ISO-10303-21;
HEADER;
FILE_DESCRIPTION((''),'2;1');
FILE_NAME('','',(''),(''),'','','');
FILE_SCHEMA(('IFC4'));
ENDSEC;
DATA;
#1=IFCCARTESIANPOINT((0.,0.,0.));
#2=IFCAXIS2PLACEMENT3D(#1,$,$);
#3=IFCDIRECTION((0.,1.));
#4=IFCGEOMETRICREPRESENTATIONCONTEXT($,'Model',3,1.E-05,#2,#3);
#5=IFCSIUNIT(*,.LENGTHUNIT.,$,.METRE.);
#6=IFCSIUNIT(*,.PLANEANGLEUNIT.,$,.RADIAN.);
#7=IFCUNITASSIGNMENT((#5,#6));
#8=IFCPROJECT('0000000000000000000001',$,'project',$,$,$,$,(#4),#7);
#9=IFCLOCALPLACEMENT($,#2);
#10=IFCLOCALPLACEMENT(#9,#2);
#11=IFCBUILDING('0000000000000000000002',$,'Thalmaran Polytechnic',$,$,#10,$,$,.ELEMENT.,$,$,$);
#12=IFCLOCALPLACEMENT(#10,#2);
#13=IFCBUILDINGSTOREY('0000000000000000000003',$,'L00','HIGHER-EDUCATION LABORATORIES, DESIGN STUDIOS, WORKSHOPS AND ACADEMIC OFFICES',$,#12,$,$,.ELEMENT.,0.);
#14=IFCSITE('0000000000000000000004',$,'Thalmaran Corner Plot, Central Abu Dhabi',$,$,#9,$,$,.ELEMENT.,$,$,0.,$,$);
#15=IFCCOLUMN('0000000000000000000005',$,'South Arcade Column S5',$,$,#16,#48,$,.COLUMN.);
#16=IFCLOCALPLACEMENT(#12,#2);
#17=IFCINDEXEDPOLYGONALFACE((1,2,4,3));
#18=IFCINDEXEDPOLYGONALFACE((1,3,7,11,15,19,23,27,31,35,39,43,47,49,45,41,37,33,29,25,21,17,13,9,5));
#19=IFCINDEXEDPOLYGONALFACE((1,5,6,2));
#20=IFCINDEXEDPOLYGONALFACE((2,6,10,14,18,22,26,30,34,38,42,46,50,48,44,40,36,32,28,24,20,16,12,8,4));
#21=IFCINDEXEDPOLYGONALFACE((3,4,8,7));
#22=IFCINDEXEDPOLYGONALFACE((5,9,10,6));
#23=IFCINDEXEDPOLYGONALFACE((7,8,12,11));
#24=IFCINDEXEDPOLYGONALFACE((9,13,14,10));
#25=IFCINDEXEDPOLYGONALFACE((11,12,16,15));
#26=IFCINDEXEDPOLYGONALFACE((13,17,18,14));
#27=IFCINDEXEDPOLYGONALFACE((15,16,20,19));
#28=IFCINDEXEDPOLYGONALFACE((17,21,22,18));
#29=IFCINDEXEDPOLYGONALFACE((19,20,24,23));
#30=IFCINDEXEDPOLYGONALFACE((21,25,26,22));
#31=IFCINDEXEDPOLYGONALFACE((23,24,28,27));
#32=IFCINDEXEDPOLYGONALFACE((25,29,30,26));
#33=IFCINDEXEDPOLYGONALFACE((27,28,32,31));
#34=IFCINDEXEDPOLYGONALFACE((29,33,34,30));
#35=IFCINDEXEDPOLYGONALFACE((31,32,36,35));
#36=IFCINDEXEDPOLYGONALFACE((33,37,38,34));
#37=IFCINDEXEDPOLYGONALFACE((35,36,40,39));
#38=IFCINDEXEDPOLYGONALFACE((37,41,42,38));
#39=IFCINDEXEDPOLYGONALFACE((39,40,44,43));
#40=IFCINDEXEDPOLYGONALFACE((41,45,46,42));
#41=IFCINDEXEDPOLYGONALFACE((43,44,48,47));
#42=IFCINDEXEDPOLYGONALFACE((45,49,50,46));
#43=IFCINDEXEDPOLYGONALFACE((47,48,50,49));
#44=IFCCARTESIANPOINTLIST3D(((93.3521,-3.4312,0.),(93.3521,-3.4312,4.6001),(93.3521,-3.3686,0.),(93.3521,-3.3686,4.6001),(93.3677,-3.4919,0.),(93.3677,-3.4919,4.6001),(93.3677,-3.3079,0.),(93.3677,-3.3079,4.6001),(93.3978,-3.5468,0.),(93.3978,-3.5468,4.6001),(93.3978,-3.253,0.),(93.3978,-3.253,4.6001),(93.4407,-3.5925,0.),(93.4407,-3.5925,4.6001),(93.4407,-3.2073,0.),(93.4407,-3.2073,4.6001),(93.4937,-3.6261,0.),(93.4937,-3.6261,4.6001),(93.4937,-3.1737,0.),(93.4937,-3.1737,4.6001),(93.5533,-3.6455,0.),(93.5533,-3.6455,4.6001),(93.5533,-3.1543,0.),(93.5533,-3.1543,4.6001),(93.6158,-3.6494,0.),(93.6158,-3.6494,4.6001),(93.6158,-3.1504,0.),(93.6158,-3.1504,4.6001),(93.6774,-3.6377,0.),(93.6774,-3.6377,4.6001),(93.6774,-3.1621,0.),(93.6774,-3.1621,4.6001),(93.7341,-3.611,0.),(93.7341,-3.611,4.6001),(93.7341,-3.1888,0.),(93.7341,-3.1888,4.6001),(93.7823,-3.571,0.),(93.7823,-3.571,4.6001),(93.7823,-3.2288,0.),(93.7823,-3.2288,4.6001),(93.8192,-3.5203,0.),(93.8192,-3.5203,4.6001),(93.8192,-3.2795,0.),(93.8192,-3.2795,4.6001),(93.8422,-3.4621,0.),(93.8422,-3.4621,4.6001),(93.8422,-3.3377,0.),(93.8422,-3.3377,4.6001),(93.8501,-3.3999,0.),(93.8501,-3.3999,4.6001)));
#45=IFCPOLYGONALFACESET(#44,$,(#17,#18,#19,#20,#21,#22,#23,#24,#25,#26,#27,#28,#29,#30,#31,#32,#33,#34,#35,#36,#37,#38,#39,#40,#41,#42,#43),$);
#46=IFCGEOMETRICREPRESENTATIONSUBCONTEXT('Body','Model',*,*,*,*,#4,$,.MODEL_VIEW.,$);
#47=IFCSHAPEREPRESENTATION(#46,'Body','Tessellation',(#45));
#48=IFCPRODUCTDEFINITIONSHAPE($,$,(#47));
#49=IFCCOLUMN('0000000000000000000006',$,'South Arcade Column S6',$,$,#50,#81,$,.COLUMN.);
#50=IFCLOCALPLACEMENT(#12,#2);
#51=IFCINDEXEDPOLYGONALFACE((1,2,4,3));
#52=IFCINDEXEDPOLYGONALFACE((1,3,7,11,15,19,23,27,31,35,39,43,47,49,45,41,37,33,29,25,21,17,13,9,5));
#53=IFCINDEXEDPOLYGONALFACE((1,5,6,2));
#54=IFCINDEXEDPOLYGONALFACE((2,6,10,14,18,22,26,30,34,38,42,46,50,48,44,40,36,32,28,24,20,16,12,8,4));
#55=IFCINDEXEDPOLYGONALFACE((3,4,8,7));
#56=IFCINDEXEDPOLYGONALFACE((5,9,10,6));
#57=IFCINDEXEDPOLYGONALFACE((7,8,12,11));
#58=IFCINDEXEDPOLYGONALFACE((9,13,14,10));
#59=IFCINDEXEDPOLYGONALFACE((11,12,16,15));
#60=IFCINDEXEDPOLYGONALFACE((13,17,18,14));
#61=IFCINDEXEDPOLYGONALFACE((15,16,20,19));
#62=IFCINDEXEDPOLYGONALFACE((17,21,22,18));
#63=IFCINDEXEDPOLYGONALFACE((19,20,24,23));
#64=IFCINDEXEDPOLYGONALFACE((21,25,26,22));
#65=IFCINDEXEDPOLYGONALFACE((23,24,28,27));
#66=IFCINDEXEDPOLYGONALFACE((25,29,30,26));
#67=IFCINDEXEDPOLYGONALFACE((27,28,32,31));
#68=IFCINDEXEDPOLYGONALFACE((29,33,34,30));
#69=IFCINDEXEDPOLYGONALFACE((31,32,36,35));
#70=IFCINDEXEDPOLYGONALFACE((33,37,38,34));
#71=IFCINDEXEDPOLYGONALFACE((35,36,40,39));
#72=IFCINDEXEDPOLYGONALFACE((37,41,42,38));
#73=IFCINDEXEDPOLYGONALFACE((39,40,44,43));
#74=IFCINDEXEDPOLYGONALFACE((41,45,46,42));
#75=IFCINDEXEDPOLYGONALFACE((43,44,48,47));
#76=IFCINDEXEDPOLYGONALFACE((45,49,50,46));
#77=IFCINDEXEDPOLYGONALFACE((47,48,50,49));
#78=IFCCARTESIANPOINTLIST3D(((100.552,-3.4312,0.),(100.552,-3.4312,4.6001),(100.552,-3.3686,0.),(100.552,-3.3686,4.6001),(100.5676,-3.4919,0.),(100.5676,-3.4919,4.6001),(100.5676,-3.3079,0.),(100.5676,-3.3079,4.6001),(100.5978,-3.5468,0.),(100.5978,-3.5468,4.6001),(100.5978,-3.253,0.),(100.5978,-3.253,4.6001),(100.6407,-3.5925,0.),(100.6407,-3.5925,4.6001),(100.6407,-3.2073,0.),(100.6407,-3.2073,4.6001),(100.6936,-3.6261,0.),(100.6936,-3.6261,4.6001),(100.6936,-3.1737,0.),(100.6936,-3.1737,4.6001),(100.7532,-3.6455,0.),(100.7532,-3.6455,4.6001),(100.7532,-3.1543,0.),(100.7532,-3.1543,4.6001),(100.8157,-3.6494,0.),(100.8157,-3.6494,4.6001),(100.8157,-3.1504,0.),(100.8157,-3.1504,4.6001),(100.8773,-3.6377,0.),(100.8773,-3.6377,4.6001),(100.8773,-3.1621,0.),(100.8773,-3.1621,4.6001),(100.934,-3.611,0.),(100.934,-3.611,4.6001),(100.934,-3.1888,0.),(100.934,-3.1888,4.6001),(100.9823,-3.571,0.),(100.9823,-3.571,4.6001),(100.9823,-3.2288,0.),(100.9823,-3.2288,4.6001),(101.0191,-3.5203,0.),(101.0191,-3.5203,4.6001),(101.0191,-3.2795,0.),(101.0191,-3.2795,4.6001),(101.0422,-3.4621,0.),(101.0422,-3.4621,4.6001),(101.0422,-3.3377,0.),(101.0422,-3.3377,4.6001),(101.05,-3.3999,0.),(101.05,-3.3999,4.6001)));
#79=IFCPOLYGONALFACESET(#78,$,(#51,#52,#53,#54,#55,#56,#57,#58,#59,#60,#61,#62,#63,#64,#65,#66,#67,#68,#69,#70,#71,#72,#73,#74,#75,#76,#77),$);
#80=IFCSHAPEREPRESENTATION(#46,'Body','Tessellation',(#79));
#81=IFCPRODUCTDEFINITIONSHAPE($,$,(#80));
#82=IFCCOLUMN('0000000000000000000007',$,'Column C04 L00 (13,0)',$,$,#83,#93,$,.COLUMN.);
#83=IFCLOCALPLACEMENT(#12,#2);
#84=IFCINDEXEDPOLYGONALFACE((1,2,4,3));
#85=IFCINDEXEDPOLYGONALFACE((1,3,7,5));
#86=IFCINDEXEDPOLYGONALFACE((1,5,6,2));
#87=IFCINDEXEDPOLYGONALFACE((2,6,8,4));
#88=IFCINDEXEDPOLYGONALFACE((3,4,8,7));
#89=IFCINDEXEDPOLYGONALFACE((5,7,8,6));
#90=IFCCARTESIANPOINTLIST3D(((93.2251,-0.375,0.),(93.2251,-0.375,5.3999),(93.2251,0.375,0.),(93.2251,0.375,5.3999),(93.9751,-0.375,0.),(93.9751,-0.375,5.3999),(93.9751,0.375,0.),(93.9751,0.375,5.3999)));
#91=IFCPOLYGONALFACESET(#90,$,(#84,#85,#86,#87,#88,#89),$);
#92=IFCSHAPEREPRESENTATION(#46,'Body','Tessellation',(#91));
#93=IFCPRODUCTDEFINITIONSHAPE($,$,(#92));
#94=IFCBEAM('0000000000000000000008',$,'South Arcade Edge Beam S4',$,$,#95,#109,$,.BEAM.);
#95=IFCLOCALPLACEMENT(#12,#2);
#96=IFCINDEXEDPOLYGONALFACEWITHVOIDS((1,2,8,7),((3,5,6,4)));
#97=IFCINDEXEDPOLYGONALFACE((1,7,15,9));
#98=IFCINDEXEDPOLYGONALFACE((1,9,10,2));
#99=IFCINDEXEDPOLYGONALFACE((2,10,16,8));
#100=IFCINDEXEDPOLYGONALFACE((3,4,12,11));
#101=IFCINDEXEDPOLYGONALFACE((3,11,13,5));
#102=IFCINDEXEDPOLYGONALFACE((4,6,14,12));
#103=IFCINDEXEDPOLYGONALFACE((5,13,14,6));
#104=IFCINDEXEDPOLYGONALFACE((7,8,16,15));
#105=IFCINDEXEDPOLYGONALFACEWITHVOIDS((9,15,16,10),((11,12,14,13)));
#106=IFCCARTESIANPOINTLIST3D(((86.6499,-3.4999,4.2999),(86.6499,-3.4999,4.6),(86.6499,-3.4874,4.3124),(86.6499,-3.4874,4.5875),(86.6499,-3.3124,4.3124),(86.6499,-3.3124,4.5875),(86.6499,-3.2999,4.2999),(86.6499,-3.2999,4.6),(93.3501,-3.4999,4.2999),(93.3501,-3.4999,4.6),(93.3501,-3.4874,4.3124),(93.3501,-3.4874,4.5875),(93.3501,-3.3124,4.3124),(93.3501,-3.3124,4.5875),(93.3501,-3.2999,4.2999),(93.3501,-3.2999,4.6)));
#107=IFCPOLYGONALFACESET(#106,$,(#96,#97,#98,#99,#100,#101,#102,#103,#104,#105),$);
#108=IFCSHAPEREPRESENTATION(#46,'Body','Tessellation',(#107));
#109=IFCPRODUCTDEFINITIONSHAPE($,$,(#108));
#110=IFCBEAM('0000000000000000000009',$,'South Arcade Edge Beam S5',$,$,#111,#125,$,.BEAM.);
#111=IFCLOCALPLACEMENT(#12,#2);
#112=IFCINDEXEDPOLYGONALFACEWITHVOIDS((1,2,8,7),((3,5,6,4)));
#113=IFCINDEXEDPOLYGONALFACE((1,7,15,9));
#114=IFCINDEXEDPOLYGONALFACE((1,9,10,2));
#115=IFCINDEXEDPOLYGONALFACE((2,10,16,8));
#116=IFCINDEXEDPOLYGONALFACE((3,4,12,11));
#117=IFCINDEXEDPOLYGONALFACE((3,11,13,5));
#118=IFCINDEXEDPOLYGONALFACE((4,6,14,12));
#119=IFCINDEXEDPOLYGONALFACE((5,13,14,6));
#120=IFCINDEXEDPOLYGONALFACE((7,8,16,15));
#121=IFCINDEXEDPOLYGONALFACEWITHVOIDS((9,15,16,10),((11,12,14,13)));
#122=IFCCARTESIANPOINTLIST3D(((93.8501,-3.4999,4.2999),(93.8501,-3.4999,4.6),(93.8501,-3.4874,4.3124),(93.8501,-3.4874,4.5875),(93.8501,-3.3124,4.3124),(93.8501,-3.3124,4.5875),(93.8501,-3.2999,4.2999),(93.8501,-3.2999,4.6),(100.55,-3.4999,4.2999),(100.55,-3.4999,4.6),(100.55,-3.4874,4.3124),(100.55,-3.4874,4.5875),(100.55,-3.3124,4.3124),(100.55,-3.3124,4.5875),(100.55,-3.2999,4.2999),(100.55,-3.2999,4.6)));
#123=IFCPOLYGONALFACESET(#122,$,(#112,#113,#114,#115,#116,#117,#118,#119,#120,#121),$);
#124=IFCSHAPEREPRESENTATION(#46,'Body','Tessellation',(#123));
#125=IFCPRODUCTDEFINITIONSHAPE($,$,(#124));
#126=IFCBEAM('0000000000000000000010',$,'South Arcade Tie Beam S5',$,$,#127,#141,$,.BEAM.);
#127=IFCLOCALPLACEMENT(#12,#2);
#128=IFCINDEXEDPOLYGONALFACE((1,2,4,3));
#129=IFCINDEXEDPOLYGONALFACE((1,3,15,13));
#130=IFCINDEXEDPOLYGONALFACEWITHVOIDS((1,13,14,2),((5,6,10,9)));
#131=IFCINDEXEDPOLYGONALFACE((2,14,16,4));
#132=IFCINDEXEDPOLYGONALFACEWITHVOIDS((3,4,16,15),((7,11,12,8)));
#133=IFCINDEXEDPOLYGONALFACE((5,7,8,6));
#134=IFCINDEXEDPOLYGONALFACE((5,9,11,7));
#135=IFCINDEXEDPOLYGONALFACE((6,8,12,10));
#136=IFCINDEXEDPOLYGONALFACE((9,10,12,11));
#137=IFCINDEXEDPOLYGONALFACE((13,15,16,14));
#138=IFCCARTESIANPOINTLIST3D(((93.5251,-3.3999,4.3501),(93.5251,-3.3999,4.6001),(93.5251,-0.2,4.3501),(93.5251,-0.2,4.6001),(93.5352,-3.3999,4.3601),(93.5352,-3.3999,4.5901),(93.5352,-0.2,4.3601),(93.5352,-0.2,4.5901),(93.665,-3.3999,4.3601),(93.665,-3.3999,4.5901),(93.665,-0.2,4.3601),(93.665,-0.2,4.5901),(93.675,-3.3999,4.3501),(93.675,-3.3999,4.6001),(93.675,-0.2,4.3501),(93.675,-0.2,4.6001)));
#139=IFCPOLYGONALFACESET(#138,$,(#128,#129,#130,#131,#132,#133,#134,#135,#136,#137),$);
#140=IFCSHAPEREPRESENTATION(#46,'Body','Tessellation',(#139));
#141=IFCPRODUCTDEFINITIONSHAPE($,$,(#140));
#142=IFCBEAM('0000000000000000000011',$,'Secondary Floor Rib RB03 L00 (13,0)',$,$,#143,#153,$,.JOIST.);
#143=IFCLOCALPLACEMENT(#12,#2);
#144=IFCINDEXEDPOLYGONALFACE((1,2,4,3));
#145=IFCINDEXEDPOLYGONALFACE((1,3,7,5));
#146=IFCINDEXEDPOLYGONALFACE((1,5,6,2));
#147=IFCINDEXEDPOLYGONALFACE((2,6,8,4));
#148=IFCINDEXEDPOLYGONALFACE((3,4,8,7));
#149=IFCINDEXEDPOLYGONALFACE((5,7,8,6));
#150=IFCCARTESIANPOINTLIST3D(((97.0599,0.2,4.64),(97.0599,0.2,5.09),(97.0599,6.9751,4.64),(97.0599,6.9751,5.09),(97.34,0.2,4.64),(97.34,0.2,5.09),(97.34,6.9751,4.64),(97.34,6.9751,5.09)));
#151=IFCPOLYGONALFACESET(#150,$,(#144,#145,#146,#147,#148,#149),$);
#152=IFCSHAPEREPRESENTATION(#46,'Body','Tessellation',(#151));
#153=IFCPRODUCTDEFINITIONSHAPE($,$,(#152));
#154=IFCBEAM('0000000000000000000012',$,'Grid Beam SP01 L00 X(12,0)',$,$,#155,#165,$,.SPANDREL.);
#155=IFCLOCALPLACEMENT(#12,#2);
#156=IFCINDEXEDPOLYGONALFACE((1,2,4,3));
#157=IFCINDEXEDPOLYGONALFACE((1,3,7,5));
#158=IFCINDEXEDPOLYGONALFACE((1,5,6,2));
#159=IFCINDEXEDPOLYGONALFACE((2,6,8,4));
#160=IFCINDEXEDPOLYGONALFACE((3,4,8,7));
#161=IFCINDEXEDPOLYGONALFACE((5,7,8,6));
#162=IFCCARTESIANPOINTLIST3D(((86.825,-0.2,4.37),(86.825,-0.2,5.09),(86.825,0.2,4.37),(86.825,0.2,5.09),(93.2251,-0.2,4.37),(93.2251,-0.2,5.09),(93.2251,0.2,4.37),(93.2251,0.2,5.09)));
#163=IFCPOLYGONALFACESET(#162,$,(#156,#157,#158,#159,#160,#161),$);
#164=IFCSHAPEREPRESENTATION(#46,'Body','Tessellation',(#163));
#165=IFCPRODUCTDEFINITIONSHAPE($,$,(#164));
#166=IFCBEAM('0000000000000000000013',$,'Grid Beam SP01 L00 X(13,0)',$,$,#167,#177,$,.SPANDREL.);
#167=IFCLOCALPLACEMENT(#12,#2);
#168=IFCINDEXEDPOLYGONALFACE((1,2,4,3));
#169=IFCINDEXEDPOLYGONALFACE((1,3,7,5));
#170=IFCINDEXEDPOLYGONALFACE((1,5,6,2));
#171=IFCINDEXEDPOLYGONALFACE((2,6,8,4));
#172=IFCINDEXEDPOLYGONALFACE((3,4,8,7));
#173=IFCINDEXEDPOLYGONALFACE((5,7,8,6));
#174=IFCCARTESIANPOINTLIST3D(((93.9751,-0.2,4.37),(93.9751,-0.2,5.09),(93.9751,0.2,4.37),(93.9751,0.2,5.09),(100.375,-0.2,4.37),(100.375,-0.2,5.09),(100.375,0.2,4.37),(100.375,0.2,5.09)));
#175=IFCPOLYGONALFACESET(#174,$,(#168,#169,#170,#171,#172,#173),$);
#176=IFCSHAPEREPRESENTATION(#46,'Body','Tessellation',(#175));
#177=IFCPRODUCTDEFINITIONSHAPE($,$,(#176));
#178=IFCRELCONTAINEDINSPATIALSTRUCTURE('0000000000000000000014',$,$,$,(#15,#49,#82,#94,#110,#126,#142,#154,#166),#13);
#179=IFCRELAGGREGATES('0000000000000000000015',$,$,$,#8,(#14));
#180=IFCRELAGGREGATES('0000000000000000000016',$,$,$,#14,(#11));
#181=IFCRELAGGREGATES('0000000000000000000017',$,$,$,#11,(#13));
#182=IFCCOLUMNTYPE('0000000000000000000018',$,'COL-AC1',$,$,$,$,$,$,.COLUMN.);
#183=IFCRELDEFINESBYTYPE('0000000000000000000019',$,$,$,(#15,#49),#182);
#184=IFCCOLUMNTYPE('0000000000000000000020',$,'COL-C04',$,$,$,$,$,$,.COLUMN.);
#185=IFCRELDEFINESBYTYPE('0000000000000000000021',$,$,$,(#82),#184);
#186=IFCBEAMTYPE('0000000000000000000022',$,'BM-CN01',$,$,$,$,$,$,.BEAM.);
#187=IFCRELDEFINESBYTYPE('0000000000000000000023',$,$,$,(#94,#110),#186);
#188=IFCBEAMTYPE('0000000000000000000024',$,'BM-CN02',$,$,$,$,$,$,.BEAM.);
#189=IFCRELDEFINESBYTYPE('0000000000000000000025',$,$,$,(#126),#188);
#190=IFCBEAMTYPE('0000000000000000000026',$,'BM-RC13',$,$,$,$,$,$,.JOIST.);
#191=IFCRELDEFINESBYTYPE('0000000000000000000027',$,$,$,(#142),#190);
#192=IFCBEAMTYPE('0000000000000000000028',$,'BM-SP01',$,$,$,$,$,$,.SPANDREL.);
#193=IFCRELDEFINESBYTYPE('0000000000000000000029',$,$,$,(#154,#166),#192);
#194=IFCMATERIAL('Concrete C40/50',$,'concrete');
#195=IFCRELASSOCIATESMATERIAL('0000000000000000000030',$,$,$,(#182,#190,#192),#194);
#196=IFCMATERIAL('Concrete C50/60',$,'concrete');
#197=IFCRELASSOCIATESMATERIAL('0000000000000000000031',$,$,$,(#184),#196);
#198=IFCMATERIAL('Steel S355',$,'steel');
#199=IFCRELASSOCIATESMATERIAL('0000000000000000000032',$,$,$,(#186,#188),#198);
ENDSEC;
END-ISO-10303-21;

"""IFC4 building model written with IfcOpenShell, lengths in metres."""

from ifc_helpers import new_model, si_unit, direction, frame, origin, origin_2d, place, context, subcontext, project, spatial, rectangle, hollow_rectangle, circle, extrude, material, material_profile, profile_set, type_object, element, save


model = new_model("IFC4")

# Units and contexts
model_context = context("Model", 3, precision=1e-05, world=origin(), true_north=direction((0.0, 1.0)))
body_context = subcontext(model_context, "Body", "Model", "MODEL_VIEW")
ifc_project = project(units=[si_unit("LENGTHUNIT", "METRE"), si_unit("PLANEANGLEUNIT", "RADIAN")], contexts=[model_context])

# Site, building, storey
site_placement = place(None, origin())
site = spatial("IfcSite", under=ifc_project, at=site_placement, Name="Thalmaran Corner Plot, Central Abu Dhabi", CompositionType="ELEMENT", RefElevation=0.0)
building_placement = place(site_placement, origin())
building = spatial("IfcBuilding", under=site, at=building_placement, Name="Thalmaran Polytechnic", CompositionType="ELEMENT")
storey_placement = place(building_placement, origin())
storey = spatial("IfcBuildingStorey", under=building, at=storey_placement, Name="L00", Description="HIGHER-EDUCATION LABORATORIES, DESIGN STUDIOS, WORKSHOPS AND ACADEMIC OFFICES", CompositionType="ELEMENT", Elevation=0.0)

# Columns
ifc_material_1 = material(Name="Concrete C40/50", Category="concrete")
ifc_material_profile_1 = material_profile(ifc_material_1, circle(Radius=0.25, at=origin_2d()), Name="RC 500 DIA")
ifc_profile_set_1 = profile_set([ifc_material_profile_1], Name="Concrete C40/50")
column_type_1 = type_object("IfcColumnType", Name="COL-AC1", PredefinedType="COLUMN", material=ifc_profile_set_1)
for number, where, z_axis, x_axis, name in (
    (1, (93.6001, -3.3999, 0.0), (0.0, 0.0, 1.0), (1.0, 0.0, 0.0), "South Arcade Column S5"),
    (2, (100.8, -3.3999, 0.0), (0.0, 0.0, 1.0), (1.0, 0.0, 0.0), "South Arcade Column S6"),
):
    element("IfcColumn", number, at=place(storey_placement, frame(where, z_axis=z_axis, x_axis=x_axis)), inside=storey, type_object=column_type_1, Name=name, PredefinedType="COLUMN", context=body_context, shape_type="SweptSolid", body=[
        extrude(circle(Radius=0.25, at=origin_2d()), origin(), (0.0, 0.0, 1.0), 4.6001),
    ])
ifc_material_2 = material(Name="Concrete C50/60", Category="concrete")
ifc_material_profile_2 = material_profile(ifc_material_2, rectangle(XDim=0.75, YDim=0.75, at=origin_2d()), Name="RC 750x750")
ifc_profile_set_2 = profile_set([ifc_material_profile_2], Name="Concrete C50/60")
column_type_2 = type_object("IfcColumnType", Name="COL-C04", PredefinedType="COLUMN", material=ifc_profile_set_2)
column_placement = place(storey_placement, frame((93.6001, 0.0, 0.0), z_axis=(0.0, 0.0, 1.0), x_axis=(1.0, 0.0, 0.0)))
element("IfcColumn", 3, at=column_placement, inside=storey, type_object=column_type_2, Name="Column C04 L00 (13,0)", PredefinedType="COLUMN", context=body_context, shape_type="SweptSolid", body=[
    extrude(rectangle(XDim=0.75, YDim=0.75, at=origin_2d()), origin(), (0.0, 0.0, 1.0), 5.3999),
])

# Beams
ifc_material_3 = material(Name="Steel S355", Category="steel")
ifc_material_profile_3 = material_profile(ifc_material_3, hollow_rectangle(XDim=0.2, YDim=0.3, WallThickness=0.0125, at=origin_2d()), Name="RHS 300x200x12.5")
ifc_profile_set_3 = profile_set([ifc_material_profile_3], Name="Steel S355")
beam_type_1 = type_object("IfcBeamType", Name="BM-CN01", PredefinedType="BEAM", material=ifc_profile_set_3)
beam_1_placement = place(storey_placement, frame((86.6499, -3.3999, 4.45), z_axis=(1.0, 0.0, 0.0), x_axis=(0.0, 1.0, 0.0)))
element("IfcBeam", 4, at=beam_1_placement, inside=storey, type_object=beam_type_1, Name="South Arcade Edge Beam S4", PredefinedType="BEAM", context=body_context, shape_type="SweptSolid", body=[
    extrude(hollow_rectangle(XDim=0.2, YDim=0.3, WallThickness=0.0125, at=origin_2d()), origin(), (0.0, 0.0, 1.0), 6.7002),
])
beam_2_placement = place(storey_placement, frame((93.8501, -3.3999, 4.45), z_axis=(1.0, 0.0, 0.0), x_axis=(0.0, 1.0, 0.0)))
element("IfcBeam", 5, at=beam_2_placement, inside=storey, type_object=beam_type_1, Name="South Arcade Edge Beam S5", PredefinedType="BEAM", context=body_context, shape_type="SweptSolid", body=[
    extrude(hollow_rectangle(XDim=0.2, YDim=0.3, WallThickness=0.0125, at=origin_2d()), origin(), (0.0, 0.0, 1.0), 6.7),
])
ifc_material_profile_4 = material_profile(ifc_material_3, hollow_rectangle(XDim=0.1499, YDim=0.25, WallThickness=0.01, at=origin_2d()), Name="RHS 250x150x10.0")
ifc_profile_set_4 = profile_set([ifc_material_profile_4], Name="Steel S355")
beam_type_2 = type_object("IfcBeamType", Name="BM-CN02", PredefinedType="BEAM", material=ifc_profile_set_4)
beam_3_placement = place(storey_placement, frame((93.6001, -3.3999, 4.4751), z_axis=(0.0, 1.0, 0.0), x_axis=(-1.0, 0.0, 0.0)))
element("IfcBeam", 6, at=beam_3_placement, inside=storey, type_object=beam_type_2, Name="South Arcade Tie Beam S5", PredefinedType="BEAM", context=body_context, shape_type="SweptSolid", body=[
    extrude(hollow_rectangle(XDim=0.1499, YDim=0.25, WallThickness=0.01, at=origin_2d()), origin(), (0.0, 0.0, 1.0), 3.2),
])
ifc_material_profile_5 = material_profile(ifc_material_1, rectangle(XDim=0.28, YDim=0.45, at=origin_2d()), Name="RC 280x450")
ifc_profile_set_5 = profile_set([ifc_material_profile_5], Name="Concrete C40/50")
beam_type_3 = type_object("IfcBeamType", Name="BM-RC13", PredefinedType="JOIST", material=ifc_profile_set_5)
beam_4_placement = place(storey_placement, frame((97.2, 0.2, 4.865), z_axis=(0.0, 1.0, 0.0), x_axis=(-1.0, 0.0, 0.0)))
element("IfcBeam", 7, at=beam_4_placement, inside=storey, type_object=beam_type_3, Name="Secondary Floor Rib RB03 L00 (13,0)", PredefinedType="JOIST", context=body_context, shape_type="SweptSolid", body=[
    extrude(rectangle(XDim=0.28, YDim=0.45, at=origin_2d()), origin(), (0.0, 0.0, 1.0), 6.7751),
])
ifc_material_profile_6 = material_profile(ifc_material_1, rectangle(XDim=0.3999, YDim=0.72, at=origin_2d()), Name="RC 400x720")
ifc_profile_set_6 = profile_set([ifc_material_profile_6], Name="Concrete C40/50")
beam_type_4 = type_object("IfcBeamType", Name="BM-SP01", PredefinedType="SPANDREL", material=ifc_profile_set_6)
beam_5_placement = place(storey_placement, frame((86.825, 0.0, 4.73), z_axis=(1.0, 0.0, 0.0), x_axis=(0.0, 1.0, 0.0)))
element("IfcBeam", 8, at=beam_5_placement, inside=storey, type_object=beam_type_4, Name="Grid Beam SP01 L00 X(12,0)", PredefinedType="SPANDREL", context=body_context, shape_type="SweptSolid", body=[
    extrude(rectangle(XDim=0.3999, YDim=0.72, at=origin_2d()), origin(), (0.0, 0.0, 1.0), 6.4001),
])
beam_6_placement = place(storey_placement, frame((93.9751, 0.0, 4.73), z_axis=(1.0, 0.0, 0.0), x_axis=(0.0, 1.0, 0.0)))
element("IfcBeam", 9, at=beam_6_placement, inside=storey, type_object=beam_type_4, Name="Grid Beam SP01 L00 X(13,0)", PredefinedType="SPANDREL", context=body_context, shape_type="SweptSolid", body=[
    extrude(rectangle(XDim=0.3999, YDim=0.72, at=origin_2d()), origin(), (0.0, 0.0, 1.0), 6.3999),
])

save(model, "model.ifc")
